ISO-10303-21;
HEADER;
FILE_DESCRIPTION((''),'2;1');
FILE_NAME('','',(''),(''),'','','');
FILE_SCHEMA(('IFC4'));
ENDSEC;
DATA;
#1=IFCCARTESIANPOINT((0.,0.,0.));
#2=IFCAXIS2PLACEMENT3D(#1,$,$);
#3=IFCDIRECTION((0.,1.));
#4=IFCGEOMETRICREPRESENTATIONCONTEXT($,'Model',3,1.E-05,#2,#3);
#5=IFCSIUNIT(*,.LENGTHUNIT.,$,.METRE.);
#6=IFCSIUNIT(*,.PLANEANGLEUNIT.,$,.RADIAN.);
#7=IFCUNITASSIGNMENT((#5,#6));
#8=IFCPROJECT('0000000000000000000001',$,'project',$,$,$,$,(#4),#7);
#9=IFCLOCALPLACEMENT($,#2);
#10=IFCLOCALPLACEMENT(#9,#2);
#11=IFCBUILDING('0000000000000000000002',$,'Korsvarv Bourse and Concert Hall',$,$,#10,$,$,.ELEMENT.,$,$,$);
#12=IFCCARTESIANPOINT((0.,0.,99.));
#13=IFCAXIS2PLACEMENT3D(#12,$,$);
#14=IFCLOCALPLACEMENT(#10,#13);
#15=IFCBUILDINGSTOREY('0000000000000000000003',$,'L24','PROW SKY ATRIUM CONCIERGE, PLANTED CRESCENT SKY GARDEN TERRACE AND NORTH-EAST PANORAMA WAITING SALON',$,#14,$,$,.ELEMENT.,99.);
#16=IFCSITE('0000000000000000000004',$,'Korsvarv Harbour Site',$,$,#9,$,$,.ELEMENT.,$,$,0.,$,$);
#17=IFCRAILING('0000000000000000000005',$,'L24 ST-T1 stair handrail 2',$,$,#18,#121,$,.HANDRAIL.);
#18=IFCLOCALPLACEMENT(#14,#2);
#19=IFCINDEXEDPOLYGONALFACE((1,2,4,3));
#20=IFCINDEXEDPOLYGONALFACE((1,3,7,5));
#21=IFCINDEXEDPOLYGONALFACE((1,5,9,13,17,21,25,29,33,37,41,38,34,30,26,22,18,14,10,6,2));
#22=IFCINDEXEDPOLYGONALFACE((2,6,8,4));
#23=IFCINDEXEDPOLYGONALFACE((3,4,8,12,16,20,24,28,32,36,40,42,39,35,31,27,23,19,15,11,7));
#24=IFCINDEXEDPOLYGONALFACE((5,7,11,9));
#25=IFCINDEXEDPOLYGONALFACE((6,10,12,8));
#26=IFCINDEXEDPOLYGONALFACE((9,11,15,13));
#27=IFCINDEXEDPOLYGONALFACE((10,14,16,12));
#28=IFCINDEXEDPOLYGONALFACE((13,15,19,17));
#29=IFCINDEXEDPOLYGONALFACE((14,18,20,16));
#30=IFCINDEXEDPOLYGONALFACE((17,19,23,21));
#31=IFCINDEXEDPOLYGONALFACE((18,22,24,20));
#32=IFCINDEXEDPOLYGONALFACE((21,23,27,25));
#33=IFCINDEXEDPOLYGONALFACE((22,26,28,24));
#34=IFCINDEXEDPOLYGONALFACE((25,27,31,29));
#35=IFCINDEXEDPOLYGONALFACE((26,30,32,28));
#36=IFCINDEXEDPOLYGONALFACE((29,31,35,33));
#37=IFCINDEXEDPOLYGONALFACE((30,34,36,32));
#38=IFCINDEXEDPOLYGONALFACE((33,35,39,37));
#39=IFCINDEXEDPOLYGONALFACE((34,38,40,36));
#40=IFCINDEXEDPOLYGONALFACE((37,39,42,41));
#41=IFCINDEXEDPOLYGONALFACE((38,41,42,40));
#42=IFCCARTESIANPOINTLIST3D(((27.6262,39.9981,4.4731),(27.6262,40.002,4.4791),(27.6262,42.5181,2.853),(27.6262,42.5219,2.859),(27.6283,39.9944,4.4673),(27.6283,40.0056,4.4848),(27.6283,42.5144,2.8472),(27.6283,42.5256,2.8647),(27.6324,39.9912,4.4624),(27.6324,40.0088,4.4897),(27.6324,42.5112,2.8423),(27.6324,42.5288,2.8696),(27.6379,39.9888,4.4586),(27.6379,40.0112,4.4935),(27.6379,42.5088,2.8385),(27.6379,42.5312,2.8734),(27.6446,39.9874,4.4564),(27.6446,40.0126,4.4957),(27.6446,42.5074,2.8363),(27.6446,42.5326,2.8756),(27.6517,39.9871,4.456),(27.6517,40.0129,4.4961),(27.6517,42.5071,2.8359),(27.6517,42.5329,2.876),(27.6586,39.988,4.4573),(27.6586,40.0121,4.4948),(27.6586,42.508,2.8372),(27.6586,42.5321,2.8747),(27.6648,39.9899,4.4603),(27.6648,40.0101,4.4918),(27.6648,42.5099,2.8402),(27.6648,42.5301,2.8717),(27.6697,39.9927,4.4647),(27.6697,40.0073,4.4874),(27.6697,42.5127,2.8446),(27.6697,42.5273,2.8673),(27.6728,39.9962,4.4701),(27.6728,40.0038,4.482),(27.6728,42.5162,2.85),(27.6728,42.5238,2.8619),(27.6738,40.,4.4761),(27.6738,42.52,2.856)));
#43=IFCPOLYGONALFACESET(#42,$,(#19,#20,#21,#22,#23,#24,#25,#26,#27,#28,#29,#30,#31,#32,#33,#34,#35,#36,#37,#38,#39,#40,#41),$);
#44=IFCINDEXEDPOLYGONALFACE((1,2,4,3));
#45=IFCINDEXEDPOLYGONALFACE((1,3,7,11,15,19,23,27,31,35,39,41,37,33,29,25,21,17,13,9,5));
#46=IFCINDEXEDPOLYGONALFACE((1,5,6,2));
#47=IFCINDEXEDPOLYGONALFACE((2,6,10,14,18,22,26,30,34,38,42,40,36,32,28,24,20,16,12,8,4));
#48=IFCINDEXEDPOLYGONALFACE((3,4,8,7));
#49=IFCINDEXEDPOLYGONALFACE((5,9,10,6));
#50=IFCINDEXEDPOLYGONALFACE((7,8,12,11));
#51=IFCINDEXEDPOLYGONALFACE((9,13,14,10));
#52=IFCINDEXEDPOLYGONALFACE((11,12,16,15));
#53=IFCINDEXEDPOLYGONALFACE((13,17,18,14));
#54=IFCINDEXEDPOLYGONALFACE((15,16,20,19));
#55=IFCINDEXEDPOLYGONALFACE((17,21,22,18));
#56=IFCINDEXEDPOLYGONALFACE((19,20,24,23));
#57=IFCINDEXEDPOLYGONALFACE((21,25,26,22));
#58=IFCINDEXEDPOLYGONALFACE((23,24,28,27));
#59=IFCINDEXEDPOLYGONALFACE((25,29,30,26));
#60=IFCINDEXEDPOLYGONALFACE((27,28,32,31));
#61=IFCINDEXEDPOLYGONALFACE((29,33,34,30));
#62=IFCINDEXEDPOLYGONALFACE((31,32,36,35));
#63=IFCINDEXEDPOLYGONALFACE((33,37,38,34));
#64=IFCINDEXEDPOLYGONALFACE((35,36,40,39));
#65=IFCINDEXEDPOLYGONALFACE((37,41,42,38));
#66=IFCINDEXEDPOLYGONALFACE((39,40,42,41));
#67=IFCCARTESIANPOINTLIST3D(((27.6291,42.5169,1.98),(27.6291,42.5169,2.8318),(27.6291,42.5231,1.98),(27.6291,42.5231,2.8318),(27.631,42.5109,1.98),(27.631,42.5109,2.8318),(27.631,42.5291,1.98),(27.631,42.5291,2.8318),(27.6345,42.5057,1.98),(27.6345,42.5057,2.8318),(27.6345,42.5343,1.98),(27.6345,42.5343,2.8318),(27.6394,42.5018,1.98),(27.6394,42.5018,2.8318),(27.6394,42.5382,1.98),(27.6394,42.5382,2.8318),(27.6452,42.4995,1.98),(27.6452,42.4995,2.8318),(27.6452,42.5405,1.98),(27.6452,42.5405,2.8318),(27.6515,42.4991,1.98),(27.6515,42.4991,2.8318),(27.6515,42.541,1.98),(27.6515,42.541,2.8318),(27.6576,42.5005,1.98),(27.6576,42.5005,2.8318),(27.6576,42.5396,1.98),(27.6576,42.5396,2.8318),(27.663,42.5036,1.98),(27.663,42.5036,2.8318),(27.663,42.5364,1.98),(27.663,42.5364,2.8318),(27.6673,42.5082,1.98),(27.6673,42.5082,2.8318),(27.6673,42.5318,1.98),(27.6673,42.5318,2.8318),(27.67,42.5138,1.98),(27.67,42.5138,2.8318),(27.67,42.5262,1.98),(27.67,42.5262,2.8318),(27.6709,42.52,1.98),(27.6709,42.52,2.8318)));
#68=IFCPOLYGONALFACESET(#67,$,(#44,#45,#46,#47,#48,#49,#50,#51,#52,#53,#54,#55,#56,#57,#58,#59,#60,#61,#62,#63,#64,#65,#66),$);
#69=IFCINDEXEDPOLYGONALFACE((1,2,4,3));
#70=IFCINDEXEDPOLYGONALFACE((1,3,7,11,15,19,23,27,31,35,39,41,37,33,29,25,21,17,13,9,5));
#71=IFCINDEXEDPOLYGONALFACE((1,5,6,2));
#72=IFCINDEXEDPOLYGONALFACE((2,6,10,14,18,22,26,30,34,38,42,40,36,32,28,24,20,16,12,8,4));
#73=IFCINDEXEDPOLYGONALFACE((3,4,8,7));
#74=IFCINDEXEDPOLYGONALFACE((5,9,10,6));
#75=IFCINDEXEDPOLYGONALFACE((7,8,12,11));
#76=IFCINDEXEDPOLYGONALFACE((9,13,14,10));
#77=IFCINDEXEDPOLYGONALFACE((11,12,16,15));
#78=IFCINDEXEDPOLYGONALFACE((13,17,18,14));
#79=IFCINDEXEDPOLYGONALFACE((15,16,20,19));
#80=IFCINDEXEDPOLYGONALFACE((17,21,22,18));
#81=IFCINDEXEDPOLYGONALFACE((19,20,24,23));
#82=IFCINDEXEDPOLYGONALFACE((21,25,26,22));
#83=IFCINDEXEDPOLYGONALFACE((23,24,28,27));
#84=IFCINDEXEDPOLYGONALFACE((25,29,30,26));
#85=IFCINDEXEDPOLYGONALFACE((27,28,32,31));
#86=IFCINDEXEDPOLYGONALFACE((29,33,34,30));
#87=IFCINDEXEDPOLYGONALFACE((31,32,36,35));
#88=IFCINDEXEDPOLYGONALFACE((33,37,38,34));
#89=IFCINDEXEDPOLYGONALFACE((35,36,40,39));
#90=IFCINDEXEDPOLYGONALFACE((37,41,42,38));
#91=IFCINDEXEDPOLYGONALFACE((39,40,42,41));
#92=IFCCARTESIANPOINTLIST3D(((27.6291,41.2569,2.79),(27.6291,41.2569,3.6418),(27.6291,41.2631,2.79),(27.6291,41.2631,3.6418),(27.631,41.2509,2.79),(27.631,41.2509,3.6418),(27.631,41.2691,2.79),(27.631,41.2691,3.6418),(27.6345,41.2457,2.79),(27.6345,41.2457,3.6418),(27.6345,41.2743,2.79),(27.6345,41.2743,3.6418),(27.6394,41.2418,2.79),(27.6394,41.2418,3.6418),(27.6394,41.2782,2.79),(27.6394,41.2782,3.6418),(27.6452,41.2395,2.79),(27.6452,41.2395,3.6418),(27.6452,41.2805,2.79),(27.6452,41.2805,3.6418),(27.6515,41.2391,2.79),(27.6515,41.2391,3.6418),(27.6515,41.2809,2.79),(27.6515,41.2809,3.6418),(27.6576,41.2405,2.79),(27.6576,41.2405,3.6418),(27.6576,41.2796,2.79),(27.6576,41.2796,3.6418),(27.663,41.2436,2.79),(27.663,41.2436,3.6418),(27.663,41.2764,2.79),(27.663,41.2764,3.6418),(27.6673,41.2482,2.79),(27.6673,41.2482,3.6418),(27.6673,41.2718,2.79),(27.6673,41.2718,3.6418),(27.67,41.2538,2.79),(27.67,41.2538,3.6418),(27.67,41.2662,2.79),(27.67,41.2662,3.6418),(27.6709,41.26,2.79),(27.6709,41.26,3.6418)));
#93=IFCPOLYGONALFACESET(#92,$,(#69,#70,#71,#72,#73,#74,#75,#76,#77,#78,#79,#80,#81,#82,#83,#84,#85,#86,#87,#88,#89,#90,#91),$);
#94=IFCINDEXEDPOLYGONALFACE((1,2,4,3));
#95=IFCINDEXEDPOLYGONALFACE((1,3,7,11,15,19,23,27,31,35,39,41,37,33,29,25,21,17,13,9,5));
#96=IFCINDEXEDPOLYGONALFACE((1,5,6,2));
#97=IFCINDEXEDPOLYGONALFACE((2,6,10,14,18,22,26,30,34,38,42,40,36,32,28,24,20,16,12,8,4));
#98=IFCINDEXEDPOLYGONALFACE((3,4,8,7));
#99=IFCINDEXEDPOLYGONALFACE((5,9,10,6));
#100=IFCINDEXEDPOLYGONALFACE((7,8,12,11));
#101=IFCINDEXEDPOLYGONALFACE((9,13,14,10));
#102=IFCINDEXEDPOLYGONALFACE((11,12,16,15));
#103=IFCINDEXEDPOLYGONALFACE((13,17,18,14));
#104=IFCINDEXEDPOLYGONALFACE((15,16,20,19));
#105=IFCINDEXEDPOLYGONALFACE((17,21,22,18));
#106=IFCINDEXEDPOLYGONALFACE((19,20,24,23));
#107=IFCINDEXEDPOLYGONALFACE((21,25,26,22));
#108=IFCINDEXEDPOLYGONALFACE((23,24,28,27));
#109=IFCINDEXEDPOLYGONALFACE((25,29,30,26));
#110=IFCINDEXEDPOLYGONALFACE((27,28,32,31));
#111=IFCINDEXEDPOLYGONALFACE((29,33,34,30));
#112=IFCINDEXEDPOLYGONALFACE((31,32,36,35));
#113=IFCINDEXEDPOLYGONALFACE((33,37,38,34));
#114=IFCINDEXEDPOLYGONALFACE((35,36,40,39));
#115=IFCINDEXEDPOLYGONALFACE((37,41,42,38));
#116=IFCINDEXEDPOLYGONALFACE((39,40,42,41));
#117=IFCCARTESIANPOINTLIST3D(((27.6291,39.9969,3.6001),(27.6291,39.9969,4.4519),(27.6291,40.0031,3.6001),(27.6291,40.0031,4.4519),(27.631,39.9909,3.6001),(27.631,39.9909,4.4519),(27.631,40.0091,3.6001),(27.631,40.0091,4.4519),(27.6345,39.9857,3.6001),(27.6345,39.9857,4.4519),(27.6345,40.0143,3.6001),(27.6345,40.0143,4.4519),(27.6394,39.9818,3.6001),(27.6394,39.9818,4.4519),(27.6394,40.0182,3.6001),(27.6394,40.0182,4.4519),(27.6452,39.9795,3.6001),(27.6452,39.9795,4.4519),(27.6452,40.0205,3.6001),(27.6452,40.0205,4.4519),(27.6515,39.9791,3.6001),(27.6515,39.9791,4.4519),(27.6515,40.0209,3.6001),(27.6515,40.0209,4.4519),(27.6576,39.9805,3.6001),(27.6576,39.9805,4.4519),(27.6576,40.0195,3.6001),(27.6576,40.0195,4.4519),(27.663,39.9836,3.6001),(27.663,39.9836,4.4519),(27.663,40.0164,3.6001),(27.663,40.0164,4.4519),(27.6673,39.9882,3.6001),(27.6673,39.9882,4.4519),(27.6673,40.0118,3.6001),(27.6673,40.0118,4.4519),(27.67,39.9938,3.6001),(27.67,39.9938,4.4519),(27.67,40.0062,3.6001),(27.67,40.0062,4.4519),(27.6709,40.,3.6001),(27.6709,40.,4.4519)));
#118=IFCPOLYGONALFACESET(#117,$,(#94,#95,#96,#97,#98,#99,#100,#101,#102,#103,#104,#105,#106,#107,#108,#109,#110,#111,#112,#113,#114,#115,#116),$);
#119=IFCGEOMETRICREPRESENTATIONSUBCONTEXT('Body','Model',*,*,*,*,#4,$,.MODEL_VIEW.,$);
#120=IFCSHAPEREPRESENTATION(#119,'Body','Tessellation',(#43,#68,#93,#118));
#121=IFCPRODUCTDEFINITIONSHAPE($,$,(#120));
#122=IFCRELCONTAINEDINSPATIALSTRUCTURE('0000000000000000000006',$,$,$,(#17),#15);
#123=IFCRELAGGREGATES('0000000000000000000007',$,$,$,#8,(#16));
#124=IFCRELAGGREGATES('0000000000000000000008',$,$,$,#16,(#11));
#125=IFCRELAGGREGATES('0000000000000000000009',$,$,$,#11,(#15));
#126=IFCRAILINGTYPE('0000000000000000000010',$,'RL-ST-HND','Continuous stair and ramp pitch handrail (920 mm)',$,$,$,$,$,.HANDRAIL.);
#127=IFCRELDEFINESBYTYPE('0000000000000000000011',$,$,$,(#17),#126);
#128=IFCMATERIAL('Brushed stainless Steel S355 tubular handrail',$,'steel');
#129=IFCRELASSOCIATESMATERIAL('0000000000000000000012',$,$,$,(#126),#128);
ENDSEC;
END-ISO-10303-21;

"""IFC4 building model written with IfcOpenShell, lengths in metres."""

from ifc_helpers import new_model, si_unit, direction, frame, origin, origin_2d, place, context, subcontext, project, spatial, circle, extrude, material, type_object, element, save


model = new_model("IFC4")

# Units and contexts
model_context = context("Model", 3, precision=1e-05, world=origin(), true_north=direction((0.0, 1.0)))
body_context = subcontext(model_context, "Body", "Model", "MODEL_VIEW")
ifc_project = project(units=[si_unit("LENGTHUNIT", "METRE"), si_unit("PLANEANGLEUNIT", "RADIAN")], contexts=[model_context])

# Site, building, storey
site_placement = place(None, origin())
site = spatial("IfcSite", under=ifc_project, at=site_placement, Name="Korsvarv Harbour Site", CompositionType="ELEMENT", RefElevation=0.0)
building_placement = place(site_placement, origin())
building = spatial("IfcBuilding", under=site, at=building_placement, Name="Korsvarv Bourse and Concert Hall", CompositionType="ELEMENT")
storey_placement = place(building_placement, frame((0.0, 0.0, 99.0)))
storey = spatial("IfcBuildingStorey", under=building, at=storey_placement, Name="L24", Description="PROW SKY ATRIUM CONCIERGE, PLANTED CRESCENT SKY GARDEN TERRACE AND NORTH-EAST PANORAMA WAITING SALON", CompositionType="ELEMENT", Elevation=99.0)

# Railing
ifc_material_1 = material(Name="Brushed stainless Steel S355 tubular handrail", Category="steel")
railing_type_1 = type_object("IfcRailingType", Name="RL-ST-HND", Description="Continuous stair and ramp pitch handrail (920 mm)", PredefinedType="HANDRAIL", material=ifc_material_1)
railing_1_placement = place(storey_placement, frame((27.6499, 42.52, 1.98)))
element("IfcRailing", 1, at=railing_1_placement, inside=storey, type_object=railing_type_1, Name="L24 ST-T1 stair handrail 2", PredefinedType="HANDRAIL", context=body_context, shape_type="SweptSolid", body=[
    extrude(circle(Radius=0.0239, at=origin_2d()), frame((0.0, 0.0, 0.876), z_axis=(0.0, -0.841163, 0.540782), x_axis=(1.0, 0.0, 0.0)), (0.0, 0.0, 1.0), 2.9958),
    extrude(circle(Radius=0.021, at=origin_2d()), origin(), (0.0, 0.0, 1.0), 0.8518),
    extrude(circle(Radius=0.021, at=origin_2d()), frame((0.0, -1.26, 0.8101)), (0.0, 0.0, 1.0), 0.8518),
    extrude(circle(Radius=0.021, at=origin_2d()), frame((0.0, -2.52, 1.6201)), (0.0, 0.0, 1.0), 0.8518),
])

save(model, "model.ifc")
